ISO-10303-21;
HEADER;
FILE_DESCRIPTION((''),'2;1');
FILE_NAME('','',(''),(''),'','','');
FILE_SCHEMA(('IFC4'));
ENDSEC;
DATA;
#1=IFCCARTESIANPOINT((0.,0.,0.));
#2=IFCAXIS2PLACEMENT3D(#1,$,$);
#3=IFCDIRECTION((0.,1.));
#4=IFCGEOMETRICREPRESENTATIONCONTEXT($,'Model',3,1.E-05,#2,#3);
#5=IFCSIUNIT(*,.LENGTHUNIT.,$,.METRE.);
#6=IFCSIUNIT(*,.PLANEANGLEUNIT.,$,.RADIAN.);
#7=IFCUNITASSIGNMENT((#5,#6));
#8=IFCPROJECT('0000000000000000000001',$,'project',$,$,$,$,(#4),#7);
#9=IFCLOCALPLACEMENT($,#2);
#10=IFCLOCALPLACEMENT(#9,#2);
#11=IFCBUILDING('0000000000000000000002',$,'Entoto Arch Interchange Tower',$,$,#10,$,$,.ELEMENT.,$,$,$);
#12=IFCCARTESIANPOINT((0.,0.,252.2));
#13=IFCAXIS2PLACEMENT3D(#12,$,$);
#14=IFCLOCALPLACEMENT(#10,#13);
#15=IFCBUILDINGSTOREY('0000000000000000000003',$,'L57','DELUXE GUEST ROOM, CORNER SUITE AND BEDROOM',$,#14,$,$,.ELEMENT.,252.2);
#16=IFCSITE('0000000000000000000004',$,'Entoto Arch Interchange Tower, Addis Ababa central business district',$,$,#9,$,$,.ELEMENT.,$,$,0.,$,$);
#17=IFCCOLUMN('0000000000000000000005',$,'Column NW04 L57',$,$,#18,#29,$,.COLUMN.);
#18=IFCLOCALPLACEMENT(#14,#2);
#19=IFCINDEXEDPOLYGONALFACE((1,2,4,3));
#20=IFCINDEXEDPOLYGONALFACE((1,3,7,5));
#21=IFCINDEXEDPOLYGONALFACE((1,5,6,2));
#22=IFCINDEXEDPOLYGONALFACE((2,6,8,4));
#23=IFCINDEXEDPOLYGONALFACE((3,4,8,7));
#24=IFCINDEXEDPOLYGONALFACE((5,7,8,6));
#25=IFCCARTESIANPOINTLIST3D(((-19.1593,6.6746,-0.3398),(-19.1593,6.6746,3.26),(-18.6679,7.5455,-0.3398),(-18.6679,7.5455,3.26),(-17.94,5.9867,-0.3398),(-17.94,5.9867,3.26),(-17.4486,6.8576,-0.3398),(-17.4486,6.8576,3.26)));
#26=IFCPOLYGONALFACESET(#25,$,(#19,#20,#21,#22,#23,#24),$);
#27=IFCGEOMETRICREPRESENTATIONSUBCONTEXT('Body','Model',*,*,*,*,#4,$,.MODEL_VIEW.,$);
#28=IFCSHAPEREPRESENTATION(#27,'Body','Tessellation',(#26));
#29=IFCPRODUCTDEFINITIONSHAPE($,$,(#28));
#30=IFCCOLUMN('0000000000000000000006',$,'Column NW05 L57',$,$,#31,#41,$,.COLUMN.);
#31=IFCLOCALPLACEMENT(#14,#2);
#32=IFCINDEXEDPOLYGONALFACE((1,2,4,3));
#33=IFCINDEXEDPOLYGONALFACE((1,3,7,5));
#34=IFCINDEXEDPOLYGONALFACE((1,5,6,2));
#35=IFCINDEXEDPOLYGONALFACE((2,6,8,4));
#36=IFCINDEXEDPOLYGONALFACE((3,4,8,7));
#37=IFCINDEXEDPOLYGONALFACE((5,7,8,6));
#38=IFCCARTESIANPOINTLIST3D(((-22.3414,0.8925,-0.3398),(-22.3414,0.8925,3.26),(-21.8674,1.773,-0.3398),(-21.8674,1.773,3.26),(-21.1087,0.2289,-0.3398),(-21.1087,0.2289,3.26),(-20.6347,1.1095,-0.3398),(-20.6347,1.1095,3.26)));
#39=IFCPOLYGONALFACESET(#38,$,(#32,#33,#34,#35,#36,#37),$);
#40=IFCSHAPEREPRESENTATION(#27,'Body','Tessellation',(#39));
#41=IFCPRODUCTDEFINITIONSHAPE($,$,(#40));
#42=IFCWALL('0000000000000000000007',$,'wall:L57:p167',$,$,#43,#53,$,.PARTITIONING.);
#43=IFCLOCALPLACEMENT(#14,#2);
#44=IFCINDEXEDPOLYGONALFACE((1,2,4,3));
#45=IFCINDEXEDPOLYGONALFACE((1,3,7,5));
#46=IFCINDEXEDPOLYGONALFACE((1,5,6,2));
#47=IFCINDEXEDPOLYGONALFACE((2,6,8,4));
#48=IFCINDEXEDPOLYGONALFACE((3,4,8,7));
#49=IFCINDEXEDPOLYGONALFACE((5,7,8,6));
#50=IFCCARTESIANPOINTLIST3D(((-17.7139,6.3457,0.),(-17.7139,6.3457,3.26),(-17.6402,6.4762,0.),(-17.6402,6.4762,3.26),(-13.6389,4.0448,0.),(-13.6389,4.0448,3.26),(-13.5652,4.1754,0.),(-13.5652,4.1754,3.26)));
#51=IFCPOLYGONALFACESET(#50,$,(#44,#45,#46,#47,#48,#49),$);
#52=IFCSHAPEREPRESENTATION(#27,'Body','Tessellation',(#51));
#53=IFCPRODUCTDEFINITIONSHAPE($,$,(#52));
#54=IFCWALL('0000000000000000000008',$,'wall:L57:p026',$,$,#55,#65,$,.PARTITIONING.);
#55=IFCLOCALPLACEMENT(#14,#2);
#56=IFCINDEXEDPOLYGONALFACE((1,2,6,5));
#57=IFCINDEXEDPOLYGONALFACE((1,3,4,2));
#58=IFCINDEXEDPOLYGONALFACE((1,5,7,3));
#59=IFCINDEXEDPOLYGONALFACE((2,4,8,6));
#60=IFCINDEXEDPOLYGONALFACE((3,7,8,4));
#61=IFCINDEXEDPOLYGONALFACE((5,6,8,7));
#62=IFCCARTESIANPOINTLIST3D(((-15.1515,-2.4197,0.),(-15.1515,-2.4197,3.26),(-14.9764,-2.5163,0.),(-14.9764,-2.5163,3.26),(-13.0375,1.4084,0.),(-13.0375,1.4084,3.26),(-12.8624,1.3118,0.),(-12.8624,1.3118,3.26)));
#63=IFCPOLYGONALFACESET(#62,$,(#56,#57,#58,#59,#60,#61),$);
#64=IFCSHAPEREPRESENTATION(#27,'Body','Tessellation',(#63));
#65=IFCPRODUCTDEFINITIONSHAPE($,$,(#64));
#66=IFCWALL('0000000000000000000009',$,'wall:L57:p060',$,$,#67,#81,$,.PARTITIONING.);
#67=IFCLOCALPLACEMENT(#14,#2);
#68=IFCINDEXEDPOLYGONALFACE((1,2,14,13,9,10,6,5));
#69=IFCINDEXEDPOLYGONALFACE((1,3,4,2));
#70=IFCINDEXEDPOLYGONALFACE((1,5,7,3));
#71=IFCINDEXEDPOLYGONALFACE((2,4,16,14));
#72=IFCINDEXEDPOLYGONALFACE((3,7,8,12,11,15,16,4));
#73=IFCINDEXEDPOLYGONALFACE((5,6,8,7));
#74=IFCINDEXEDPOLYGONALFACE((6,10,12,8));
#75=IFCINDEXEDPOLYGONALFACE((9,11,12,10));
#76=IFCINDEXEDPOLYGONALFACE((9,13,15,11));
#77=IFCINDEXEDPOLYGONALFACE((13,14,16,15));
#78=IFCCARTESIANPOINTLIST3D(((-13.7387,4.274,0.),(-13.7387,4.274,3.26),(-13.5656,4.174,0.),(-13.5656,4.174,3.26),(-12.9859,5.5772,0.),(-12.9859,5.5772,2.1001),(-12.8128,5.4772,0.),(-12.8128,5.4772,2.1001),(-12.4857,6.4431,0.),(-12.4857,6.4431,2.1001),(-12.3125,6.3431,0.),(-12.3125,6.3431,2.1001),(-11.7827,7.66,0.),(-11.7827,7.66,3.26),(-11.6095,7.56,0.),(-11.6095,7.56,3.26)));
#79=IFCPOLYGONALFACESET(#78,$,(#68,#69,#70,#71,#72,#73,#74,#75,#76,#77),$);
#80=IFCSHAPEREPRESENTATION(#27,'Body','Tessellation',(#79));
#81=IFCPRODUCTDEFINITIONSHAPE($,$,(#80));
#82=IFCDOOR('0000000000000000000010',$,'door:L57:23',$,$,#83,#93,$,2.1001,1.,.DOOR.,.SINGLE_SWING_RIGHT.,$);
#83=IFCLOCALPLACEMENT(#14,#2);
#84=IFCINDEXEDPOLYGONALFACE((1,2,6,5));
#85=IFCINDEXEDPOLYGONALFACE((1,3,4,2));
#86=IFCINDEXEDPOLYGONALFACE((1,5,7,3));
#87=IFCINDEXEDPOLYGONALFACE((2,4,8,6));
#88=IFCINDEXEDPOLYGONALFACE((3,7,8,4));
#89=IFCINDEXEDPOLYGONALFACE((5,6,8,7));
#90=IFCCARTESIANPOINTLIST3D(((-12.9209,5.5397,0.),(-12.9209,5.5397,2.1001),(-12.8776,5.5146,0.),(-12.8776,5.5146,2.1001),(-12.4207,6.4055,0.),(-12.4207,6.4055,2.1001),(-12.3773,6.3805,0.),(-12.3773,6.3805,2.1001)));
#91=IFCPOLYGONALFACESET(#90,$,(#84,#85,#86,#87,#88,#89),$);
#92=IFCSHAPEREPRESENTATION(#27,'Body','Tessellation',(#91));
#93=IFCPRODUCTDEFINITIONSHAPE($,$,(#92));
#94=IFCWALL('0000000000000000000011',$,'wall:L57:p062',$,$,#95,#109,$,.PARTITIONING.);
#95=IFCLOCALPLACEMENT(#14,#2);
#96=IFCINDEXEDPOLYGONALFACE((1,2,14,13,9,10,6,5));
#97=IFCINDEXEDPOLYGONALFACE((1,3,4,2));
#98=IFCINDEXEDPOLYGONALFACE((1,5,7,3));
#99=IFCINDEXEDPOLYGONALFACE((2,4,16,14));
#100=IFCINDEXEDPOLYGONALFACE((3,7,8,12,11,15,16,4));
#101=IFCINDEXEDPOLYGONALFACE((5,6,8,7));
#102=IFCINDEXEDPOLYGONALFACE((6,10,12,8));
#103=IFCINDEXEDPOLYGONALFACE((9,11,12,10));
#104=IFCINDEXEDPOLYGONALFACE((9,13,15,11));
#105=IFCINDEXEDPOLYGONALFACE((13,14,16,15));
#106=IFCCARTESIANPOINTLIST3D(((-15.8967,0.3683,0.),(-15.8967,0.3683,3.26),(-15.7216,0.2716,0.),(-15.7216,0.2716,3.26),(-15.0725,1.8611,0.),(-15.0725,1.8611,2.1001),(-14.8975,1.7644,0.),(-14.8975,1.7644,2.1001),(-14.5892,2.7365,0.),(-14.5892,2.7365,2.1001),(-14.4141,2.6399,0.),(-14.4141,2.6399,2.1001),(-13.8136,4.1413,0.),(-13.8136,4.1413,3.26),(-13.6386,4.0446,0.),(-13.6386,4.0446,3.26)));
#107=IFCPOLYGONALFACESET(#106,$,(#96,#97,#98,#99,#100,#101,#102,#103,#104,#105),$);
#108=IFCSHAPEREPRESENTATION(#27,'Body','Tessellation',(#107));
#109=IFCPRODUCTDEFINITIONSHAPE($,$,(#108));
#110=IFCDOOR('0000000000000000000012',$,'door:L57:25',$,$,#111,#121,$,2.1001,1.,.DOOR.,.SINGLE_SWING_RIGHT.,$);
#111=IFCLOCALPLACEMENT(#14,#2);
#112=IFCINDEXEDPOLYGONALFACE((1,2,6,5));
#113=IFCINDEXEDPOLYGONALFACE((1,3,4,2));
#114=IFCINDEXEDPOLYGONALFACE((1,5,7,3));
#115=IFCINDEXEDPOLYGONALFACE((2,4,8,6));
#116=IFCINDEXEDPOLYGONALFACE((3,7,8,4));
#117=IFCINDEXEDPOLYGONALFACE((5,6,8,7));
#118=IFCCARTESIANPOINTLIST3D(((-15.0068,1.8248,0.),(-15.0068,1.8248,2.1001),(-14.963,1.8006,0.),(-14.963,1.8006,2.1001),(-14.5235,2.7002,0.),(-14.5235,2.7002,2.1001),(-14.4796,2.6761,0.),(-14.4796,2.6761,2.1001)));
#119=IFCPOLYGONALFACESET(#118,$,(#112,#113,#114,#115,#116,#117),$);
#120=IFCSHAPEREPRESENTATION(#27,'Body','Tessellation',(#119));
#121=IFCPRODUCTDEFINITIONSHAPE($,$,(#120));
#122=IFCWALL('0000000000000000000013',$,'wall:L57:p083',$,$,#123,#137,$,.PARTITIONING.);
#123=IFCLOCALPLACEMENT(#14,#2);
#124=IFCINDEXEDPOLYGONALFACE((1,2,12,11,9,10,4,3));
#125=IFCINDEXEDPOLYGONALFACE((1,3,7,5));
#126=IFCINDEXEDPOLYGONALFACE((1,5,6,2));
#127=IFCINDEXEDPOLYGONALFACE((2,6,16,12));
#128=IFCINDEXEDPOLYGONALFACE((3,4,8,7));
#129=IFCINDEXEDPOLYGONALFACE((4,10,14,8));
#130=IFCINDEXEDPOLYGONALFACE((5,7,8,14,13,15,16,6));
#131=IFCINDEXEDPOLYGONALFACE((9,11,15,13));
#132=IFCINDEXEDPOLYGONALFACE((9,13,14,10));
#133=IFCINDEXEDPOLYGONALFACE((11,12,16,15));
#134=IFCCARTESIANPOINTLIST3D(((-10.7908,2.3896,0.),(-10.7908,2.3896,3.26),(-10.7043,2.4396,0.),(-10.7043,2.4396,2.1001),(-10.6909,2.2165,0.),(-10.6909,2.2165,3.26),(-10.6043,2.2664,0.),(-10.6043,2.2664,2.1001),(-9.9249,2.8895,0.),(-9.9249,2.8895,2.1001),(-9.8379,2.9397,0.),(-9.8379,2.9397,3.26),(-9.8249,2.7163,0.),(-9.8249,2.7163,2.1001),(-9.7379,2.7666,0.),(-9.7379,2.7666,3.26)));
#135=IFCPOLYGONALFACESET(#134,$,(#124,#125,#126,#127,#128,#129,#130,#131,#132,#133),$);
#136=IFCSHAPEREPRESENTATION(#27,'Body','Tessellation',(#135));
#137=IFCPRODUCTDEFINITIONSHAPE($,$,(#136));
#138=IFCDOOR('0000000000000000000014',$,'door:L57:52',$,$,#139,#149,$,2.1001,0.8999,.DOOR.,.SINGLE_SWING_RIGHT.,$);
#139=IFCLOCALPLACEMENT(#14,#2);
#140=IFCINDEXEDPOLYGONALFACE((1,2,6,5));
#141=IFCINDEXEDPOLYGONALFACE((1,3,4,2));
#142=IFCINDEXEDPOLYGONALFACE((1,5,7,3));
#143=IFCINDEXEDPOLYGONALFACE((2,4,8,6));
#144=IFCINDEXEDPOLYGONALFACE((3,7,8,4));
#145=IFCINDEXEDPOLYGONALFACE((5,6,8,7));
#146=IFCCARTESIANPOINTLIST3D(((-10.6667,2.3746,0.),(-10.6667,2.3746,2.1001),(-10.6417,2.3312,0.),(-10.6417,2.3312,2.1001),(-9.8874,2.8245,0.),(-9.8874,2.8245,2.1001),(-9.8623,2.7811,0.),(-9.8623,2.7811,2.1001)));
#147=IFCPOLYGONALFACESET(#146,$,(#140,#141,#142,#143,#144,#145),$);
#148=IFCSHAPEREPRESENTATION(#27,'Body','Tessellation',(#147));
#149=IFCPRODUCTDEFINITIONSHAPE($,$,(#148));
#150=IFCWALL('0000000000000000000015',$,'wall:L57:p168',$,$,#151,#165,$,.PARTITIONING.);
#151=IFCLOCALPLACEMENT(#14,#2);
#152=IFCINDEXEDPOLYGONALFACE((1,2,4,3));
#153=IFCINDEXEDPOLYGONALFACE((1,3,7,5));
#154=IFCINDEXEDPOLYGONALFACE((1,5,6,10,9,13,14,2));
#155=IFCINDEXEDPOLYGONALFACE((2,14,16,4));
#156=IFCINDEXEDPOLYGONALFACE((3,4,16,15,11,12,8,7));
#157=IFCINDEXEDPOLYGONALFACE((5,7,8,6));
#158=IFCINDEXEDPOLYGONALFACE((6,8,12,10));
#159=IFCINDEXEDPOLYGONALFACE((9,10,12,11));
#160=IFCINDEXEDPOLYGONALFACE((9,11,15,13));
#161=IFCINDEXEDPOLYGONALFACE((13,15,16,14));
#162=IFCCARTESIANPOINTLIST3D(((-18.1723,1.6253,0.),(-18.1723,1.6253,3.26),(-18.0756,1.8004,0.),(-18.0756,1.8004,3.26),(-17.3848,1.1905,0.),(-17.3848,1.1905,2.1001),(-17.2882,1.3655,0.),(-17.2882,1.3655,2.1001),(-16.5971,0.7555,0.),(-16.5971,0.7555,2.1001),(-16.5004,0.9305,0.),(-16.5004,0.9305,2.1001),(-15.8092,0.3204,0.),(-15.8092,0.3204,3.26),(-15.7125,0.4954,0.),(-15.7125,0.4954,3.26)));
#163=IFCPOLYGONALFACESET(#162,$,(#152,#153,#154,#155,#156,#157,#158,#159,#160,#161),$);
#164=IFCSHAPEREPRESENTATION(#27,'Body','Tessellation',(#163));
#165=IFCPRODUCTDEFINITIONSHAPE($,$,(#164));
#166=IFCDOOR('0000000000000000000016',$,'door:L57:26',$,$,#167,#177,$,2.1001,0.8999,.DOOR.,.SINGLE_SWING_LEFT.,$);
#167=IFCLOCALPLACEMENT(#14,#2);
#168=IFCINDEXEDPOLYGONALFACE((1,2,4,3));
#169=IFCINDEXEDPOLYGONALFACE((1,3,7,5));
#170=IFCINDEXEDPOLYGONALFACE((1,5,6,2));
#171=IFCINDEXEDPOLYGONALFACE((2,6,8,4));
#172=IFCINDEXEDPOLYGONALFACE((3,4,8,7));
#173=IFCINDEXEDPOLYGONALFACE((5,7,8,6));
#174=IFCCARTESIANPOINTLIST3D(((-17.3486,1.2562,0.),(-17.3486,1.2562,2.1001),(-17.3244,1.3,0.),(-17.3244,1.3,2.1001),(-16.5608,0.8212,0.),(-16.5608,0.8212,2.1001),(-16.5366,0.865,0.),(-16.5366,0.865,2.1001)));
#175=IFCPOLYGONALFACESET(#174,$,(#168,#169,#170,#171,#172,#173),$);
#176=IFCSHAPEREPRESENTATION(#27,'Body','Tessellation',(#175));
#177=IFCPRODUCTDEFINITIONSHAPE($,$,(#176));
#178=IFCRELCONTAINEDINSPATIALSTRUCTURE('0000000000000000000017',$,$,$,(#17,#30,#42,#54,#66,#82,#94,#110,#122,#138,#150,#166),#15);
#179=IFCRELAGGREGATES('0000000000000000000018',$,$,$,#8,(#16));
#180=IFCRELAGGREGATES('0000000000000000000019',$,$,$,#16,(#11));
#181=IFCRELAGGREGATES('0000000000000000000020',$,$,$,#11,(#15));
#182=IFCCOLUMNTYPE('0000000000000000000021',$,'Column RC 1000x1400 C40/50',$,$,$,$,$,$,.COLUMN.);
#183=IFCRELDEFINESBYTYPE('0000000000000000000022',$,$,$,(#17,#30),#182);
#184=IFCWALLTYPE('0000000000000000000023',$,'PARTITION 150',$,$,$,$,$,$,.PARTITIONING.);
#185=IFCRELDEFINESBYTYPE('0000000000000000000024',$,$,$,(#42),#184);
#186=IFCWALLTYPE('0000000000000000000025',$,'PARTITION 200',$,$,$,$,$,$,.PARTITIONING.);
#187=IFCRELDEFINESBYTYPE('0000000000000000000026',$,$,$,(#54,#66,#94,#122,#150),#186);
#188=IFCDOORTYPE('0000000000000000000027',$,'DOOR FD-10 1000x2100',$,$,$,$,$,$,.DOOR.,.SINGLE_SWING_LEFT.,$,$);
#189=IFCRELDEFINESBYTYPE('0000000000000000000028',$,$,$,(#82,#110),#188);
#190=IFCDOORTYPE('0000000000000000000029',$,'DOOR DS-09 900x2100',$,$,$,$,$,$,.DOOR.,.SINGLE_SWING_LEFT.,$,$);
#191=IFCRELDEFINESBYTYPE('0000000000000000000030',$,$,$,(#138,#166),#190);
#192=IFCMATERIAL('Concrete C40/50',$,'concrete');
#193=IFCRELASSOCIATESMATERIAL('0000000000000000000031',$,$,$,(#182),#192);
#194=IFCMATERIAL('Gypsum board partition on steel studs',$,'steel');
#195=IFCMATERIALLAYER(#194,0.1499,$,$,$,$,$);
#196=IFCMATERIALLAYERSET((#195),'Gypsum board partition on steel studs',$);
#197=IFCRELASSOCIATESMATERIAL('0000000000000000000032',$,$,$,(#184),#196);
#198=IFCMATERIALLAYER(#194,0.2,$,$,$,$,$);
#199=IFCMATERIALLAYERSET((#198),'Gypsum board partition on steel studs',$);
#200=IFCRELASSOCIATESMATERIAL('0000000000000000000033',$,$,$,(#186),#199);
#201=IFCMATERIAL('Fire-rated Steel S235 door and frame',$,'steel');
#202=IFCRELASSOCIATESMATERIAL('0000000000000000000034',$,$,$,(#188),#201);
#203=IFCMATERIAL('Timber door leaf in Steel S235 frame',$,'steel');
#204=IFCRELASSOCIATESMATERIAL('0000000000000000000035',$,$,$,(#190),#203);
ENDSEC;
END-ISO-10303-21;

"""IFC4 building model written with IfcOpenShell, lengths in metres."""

from ifc_helpers import new_model, si_unit, direction, frame, frame_2d, origin, origin_2d, place, context, subcontext, project, spatial, rectangle, extrude, material, layer, layer_set, material_profile, profile_set, type_object, element, fill, save


model = new_model("IFC4")

# Units and contexts
model_context = context("Model", 3, precision=1e-05, world=origin(), true_north=direction((0.0, 1.0)))
body_context = subcontext(model_context, "Body", "Model", "MODEL_VIEW")
ifc_project = project(units=[si_unit("LENGTHUNIT", "METRE"), si_unit("PLANEANGLEUNIT", "RADIAN")], contexts=[model_context])

# Site, building, storey
site_placement = place(None, origin())
site = spatial("IfcSite", under=ifc_project, at=site_placement, Name="Entoto Arch Interchange Tower, Addis Ababa central business district", CompositionType="ELEMENT", RefElevation=0.0)
building_placement = place(site_placement, origin())
building = spatial("IfcBuilding", under=site, at=building_placement, Name="Entoto Arch Interchange Tower", CompositionType="ELEMENT")
storey_placement = place(building_placement, frame((0.0, 0.0, 252.2)))
storey = spatial("IfcBuildingStorey", under=building, at=storey_placement, Name="L57", Description="DELUXE GUEST ROOM, CORNER SUITE AND BEDROOM", CompositionType="ELEMENT", Elevation=252.2)

# Columns
ifc_material_1 = material(Name="Concrete C40/50", Category="concrete")
ifc_material_profile = material_profile(ifc_material_1, rectangle(XDim=1.0, YDim=1.3999, at=origin_2d()))
ifc_profile_set = profile_set([ifc_material_profile], Name="Concrete C40/50")
column_type = type_object("IfcColumnType", Name="Column RC 1000x1400 C40/50", PredefinedType="COLUMN", material=ifc_profile_set)
for number, where, z_axis, x_axis, name in (
    (1, (-18.304, 6.7661, -0.3398), (0.0, 0.0, 1.0), (0.491375, 0.870948, 0.0), "Column NW04 L57"),
    (2, (-21.488, 1.001, -0.3398), (0.0, 0.0, 1.0), (0.473981, 0.880535, 0.0), "Column NW05 L57"),
):
    element("IfcColumn", number, at=place(storey_placement, frame(where, z_axis=z_axis, x_axis=x_axis)), inside=storey, type_object=column_type, Name=name, PredefinedType="COLUMN", context=body_context, shape_type="SweptSolid", body=[
        extrude(rectangle(XDim=1.0, YDim=1.3999, at=origin_2d()), origin(), (0.0, 0.0, 1.0), 3.5999),
    ])

# Walls
ifc_material_2 = material(Name="Gypsum board partition on steel studs", Category="steel")
ifc_layer_1 = layer(ifc_material_2, 0.1499)
ifc_layer_set_1 = layer_set([ifc_layer_1], Name="Gypsum board partition on steel studs")
wall_type_1 = type_object("IfcWallType", Name="PARTITION 150", PredefinedType="PARTITIONING", material=ifc_layer_set_1)
wall_1_placement = place(storey_placement, frame((-13.6021, 4.1101, 0.0), z_axis=(0.0, 0.0, 1.0), x_axis=(-0.870787, 0.49166, 0.0)))
element("IfcWall", 3, at=wall_1_placement, inside=storey, type_object=wall_type_1, Name="wall:L57:p167", PredefinedType="PARTITIONING", context=body_context, shape_type="SweptSolid", body=[
    extrude(rectangle(XDim=4.6797, YDim=0.1499, at=frame_2d((2.3398, 0.0))), origin(), (0.0, 0.0, 1.0), 3.26),
])
ifc_layer_2 = layer(ifc_material_2, 0.2)
ifc_layer_set_2 = layer_set([ifc_layer_2], Name="Gypsum board partition on steel studs")
wall_type_2 = type_object("IfcWallType", Name="PARTITION 200", PredefinedType="PARTITIONING", material=ifc_layer_set_2)
wall_2_placement = place(storey_placement, frame((-12.95, 1.3601, 0.0), z_axis=(0.0, 0.0, 1.0), x_axis=(-0.483418, -0.87539, 0.0)))
element("IfcWall", 4, at=wall_2_placement, inside=storey, type_object=wall_type_2, Name="wall:L57:p026", PredefinedType="PARTITIONING", context=body_context, shape_type="SweptSolid", body=[
    extrude(rectangle(XDim=4.373, YDim=0.2, at=frame_2d((2.1865, 0.0))), origin(), (0.0, 0.0, 1.0), 3.26),
])

# Walls, openings, doors
wall_3_placement = place(storey_placement, frame((-13.6521, 4.2241, 0.0), z_axis=(0.0, 0.0, 1.0), x_axis=(0.500221, 0.865898, 0.0)))
wall_3 = element("IfcWall", 5, at=wall_3_placement, inside=storey, type_object=wall_type_2, Name="wall:L57:p060", PredefinedType="PARTITIONING", context=body_context, shape_type="SweptSolid", body=[
    extrude(rectangle(XDim=3.9104, YDim=0.2, at=frame_2d((1.9551, 0.0))), origin(), (0.0, 0.0, 1.0), 3.26),
])
opening_1_placement = place(wall_3_placement, frame((1.5049, 0.0, 0.0)))
opening_1 = element("IfcOpeningElement", 6, at=opening_1_placement, cuts=wall_3, PredefinedType="OPENING", context=body_context, shape_type="SweptSolid", body=[
    extrude(rectangle(XDim=1.0, YDim=2.1001, at=frame_2d((0.5, 1.05))), frame((0.0, 0.1099, 0.0), z_axis=(0.0, -1.0, 0.0), x_axis=(1.0, 0.0, 0.0)), (0.0, 0.0, 1.0), 0.22),
])
ifc_material_3 = material(Name="Fire-rated Steel S235 door and frame", Category="steel")
door_type_1 = type_object("IfcDoorType", Name="DOOR FD-10 1000x2100", OperationType="SINGLE_SWING_LEFT", PredefinedType="DOOR", material=ifc_material_3)
door_1_placement = place(opening_1_placement, origin())
door_1 = element("IfcDoor", 7, at=door_1_placement, inside=storey, type_object=door_type_1, Name="door:L57:23", OperationType="SINGLE_SWING_RIGHT", OverallHeight=2.1001, OverallWidth=1.0, PredefinedType="DOOR", context=body_context, shape_type="SweptSolid", body=[
    extrude(rectangle(XDim=1.0, YDim=2.1001, at=frame_2d((0.5, 1.05))), frame((0.0, 0.0249, 0.0), z_axis=(0.0, -1.0, 0.0), x_axis=(1.0, 0.0, 0.0)), (0.0, 0.0, 1.0), 0.05),
])
fill(opening_1, door_1)
wall_4_placement = place(storey_placement, frame((-15.8091, 0.3201, 0.0), z_axis=(0.0, 0.0, 1.0), x_axis=(0.483323, 0.875442, 0.0)))
wall_4 = element("IfcWall", 8, at=wall_4_placement, inside=storey, type_object=wall_type_2, Name="wall:L57:p062", PredefinedType="PARTITIONING", context=body_context, shape_type="SweptSolid", body=[
    extrude(rectangle(XDim=4.3098, YDim=0.2, at=frame_2d((2.1548, 0.0))), origin(), (0.0, 0.0, 1.0), 3.26),
])
opening_2_placement = place(wall_4_placement, frame((1.7051, 0.0, 0.0)))
opening_2 = element("IfcOpeningElement", 9, at=opening_2_placement, cuts=wall_4, PredefinedType="OPENING", context=body_context, shape_type="SweptSolid", body=[
    extrude(rectangle(XDim=1.0, YDim=2.1001, at=frame_2d((0.5, 1.05))), frame((0.0, 0.1099, 0.0), z_axis=(0.0, -1.0, 0.0), x_axis=(1.0, 0.0, 0.0)), (0.0, 0.0, 1.0), 0.22),
])
door_2_placement = place(opening_2_placement, origin())
door_2 = element("IfcDoor", 10, at=door_2_placement, inside=storey, type_object=door_type_1, Name="door:L57:25", OperationType="SINGLE_SWING_RIGHT", OverallHeight=2.1001, OverallWidth=1.0, PredefinedType="DOOR", context=body_context, shape_type="SweptSolid", body=[
    extrude(rectangle(XDim=1.0, YDim=2.1001, at=frame_2d((0.5, 1.05))), frame((0.0, 0.0249, 0.0), z_axis=(0.0, -1.0, 0.0), x_axis=(1.0, 0.0, 0.0)), (0.0, 0.0, 1.0), 0.05),
])
fill(opening_2, door_2)
wall_5_placement = place(storey_placement, frame((-10.741, 2.303, 0.0), z_axis=(0.0, 0.0, 1.0), x_axis=(0.866064, 0.499934, 0.0)))
wall_5 = element("IfcWall", 11, at=wall_5_placement, inside=storey, type_object=wall_type_2, Name="wall:L57:p083", PredefinedType="PARTITIONING", context=body_context, shape_type="SweptSolid", body=[
    extrude(rectangle(XDim=1.1003, YDim=0.2, at=frame_2d((0.5503, 0.0))), origin(), (0.0, 0.0, 1.0), 3.26),
])
opening_3_placement = place(wall_5_placement, frame((0.1001, 0.0, 0.0)))
opening_3 = element("IfcOpeningElement", 12, at=opening_3_placement, cuts=wall_5, PredefinedType="OPENING", context=body_context, shape_type="SweptSolid", body=[
    extrude(rectangle(XDim=0.8999, YDim=2.1001, at=frame_2d((0.45, 1.05))), frame((0.0, 0.1099, 0.0), z_axis=(0.0, -1.0, 0.0), x_axis=(1.0, 0.0, 0.0)), (0.0, 0.0, 1.0), 0.22),
])
ifc_material_4 = material(Name="Timber door leaf in Steel S235 frame", Category="steel")
door_type_2 = type_object("IfcDoorType", Name="DOOR DS-09 900x2100", OperationType="SINGLE_SWING_LEFT", PredefinedType="DOOR", material=ifc_material_4)
door_3_placement = place(opening_3_placement, origin())
door_3 = element("IfcDoor", 13, at=door_3_placement, inside=storey, type_object=door_type_2, Name="door:L57:52", OperationType="SINGLE_SWING_RIGHT", OverallHeight=2.1001, OverallWidth=0.8999, PredefinedType="DOOR", context=body_context, shape_type="SweptSolid", body=[
    extrude(rectangle(XDim=0.8999, YDim=2.1001, at=frame_2d((0.45, 1.05))), frame((0.0, 0.0249, 0.0), z_axis=(0.0, -1.0, 0.0), x_axis=(1.0, 0.0, 0.0)), (0.0, 0.0, 1.0), 0.05),
])
fill(opening_3, door_3)
wall_6_placement = place(storey_placement, frame((-15.761, 0.408, 0.0), z_axis=(0.0, 0.0, 1.0), x_axis=(-0.875392, 0.483414, 0.0)))
wall_6 = element("IfcWall", 14, at=wall_6_placement, inside=storey, type_object=wall_type_2, Name="wall:L57:p168", PredefinedType="PARTITIONING", context=body_context, shape_type="SweptSolid", body=[
    extrude(rectangle(XDim=2.6995, YDim=0.2, at=frame_2d((1.3496, 0.0))), origin(), (0.0, 0.0, 1.0), 3.26),
])
opening_4_placement = place(wall_6_placement, frame((0.8999, 0.0, 0.0)))
opening_4 = element("IfcOpeningElement", 15, at=opening_4_placement, cuts=wall_6, PredefinedType="OPENING", context=body_context, shape_type="SweptSolid", body=[
    extrude(rectangle(XDim=0.8999, YDim=2.1001, at=frame_2d((0.45, 1.05))), frame((0.0, 0.1099, 0.0), z_axis=(0.0, -1.0, 0.0), x_axis=(1.0, 0.0, 0.0)), (0.0, 0.0, 1.0), 0.22),
])
door_4_placement = place(opening_4_placement, origin())
door_4 = element("IfcDoor", 16, at=door_4_placement, inside=storey, type_object=door_type_2, Name="door:L57:26", OperationType="SINGLE_SWING_LEFT", OverallHeight=2.1001, OverallWidth=0.8999, PredefinedType="DOOR", context=body_context, shape_type="SweptSolid", body=[
    extrude(rectangle(XDim=0.8999, YDim=2.1001, at=frame_2d((0.45, 1.05))), frame((0.0, 0.0249, 0.0), z_axis=(0.0, -1.0, 0.0), x_axis=(1.0, 0.0, 0.0)), (0.0, 0.0, 1.0), 0.05),
])
fill(opening_4, door_4)

save(model, "model.ifc")
